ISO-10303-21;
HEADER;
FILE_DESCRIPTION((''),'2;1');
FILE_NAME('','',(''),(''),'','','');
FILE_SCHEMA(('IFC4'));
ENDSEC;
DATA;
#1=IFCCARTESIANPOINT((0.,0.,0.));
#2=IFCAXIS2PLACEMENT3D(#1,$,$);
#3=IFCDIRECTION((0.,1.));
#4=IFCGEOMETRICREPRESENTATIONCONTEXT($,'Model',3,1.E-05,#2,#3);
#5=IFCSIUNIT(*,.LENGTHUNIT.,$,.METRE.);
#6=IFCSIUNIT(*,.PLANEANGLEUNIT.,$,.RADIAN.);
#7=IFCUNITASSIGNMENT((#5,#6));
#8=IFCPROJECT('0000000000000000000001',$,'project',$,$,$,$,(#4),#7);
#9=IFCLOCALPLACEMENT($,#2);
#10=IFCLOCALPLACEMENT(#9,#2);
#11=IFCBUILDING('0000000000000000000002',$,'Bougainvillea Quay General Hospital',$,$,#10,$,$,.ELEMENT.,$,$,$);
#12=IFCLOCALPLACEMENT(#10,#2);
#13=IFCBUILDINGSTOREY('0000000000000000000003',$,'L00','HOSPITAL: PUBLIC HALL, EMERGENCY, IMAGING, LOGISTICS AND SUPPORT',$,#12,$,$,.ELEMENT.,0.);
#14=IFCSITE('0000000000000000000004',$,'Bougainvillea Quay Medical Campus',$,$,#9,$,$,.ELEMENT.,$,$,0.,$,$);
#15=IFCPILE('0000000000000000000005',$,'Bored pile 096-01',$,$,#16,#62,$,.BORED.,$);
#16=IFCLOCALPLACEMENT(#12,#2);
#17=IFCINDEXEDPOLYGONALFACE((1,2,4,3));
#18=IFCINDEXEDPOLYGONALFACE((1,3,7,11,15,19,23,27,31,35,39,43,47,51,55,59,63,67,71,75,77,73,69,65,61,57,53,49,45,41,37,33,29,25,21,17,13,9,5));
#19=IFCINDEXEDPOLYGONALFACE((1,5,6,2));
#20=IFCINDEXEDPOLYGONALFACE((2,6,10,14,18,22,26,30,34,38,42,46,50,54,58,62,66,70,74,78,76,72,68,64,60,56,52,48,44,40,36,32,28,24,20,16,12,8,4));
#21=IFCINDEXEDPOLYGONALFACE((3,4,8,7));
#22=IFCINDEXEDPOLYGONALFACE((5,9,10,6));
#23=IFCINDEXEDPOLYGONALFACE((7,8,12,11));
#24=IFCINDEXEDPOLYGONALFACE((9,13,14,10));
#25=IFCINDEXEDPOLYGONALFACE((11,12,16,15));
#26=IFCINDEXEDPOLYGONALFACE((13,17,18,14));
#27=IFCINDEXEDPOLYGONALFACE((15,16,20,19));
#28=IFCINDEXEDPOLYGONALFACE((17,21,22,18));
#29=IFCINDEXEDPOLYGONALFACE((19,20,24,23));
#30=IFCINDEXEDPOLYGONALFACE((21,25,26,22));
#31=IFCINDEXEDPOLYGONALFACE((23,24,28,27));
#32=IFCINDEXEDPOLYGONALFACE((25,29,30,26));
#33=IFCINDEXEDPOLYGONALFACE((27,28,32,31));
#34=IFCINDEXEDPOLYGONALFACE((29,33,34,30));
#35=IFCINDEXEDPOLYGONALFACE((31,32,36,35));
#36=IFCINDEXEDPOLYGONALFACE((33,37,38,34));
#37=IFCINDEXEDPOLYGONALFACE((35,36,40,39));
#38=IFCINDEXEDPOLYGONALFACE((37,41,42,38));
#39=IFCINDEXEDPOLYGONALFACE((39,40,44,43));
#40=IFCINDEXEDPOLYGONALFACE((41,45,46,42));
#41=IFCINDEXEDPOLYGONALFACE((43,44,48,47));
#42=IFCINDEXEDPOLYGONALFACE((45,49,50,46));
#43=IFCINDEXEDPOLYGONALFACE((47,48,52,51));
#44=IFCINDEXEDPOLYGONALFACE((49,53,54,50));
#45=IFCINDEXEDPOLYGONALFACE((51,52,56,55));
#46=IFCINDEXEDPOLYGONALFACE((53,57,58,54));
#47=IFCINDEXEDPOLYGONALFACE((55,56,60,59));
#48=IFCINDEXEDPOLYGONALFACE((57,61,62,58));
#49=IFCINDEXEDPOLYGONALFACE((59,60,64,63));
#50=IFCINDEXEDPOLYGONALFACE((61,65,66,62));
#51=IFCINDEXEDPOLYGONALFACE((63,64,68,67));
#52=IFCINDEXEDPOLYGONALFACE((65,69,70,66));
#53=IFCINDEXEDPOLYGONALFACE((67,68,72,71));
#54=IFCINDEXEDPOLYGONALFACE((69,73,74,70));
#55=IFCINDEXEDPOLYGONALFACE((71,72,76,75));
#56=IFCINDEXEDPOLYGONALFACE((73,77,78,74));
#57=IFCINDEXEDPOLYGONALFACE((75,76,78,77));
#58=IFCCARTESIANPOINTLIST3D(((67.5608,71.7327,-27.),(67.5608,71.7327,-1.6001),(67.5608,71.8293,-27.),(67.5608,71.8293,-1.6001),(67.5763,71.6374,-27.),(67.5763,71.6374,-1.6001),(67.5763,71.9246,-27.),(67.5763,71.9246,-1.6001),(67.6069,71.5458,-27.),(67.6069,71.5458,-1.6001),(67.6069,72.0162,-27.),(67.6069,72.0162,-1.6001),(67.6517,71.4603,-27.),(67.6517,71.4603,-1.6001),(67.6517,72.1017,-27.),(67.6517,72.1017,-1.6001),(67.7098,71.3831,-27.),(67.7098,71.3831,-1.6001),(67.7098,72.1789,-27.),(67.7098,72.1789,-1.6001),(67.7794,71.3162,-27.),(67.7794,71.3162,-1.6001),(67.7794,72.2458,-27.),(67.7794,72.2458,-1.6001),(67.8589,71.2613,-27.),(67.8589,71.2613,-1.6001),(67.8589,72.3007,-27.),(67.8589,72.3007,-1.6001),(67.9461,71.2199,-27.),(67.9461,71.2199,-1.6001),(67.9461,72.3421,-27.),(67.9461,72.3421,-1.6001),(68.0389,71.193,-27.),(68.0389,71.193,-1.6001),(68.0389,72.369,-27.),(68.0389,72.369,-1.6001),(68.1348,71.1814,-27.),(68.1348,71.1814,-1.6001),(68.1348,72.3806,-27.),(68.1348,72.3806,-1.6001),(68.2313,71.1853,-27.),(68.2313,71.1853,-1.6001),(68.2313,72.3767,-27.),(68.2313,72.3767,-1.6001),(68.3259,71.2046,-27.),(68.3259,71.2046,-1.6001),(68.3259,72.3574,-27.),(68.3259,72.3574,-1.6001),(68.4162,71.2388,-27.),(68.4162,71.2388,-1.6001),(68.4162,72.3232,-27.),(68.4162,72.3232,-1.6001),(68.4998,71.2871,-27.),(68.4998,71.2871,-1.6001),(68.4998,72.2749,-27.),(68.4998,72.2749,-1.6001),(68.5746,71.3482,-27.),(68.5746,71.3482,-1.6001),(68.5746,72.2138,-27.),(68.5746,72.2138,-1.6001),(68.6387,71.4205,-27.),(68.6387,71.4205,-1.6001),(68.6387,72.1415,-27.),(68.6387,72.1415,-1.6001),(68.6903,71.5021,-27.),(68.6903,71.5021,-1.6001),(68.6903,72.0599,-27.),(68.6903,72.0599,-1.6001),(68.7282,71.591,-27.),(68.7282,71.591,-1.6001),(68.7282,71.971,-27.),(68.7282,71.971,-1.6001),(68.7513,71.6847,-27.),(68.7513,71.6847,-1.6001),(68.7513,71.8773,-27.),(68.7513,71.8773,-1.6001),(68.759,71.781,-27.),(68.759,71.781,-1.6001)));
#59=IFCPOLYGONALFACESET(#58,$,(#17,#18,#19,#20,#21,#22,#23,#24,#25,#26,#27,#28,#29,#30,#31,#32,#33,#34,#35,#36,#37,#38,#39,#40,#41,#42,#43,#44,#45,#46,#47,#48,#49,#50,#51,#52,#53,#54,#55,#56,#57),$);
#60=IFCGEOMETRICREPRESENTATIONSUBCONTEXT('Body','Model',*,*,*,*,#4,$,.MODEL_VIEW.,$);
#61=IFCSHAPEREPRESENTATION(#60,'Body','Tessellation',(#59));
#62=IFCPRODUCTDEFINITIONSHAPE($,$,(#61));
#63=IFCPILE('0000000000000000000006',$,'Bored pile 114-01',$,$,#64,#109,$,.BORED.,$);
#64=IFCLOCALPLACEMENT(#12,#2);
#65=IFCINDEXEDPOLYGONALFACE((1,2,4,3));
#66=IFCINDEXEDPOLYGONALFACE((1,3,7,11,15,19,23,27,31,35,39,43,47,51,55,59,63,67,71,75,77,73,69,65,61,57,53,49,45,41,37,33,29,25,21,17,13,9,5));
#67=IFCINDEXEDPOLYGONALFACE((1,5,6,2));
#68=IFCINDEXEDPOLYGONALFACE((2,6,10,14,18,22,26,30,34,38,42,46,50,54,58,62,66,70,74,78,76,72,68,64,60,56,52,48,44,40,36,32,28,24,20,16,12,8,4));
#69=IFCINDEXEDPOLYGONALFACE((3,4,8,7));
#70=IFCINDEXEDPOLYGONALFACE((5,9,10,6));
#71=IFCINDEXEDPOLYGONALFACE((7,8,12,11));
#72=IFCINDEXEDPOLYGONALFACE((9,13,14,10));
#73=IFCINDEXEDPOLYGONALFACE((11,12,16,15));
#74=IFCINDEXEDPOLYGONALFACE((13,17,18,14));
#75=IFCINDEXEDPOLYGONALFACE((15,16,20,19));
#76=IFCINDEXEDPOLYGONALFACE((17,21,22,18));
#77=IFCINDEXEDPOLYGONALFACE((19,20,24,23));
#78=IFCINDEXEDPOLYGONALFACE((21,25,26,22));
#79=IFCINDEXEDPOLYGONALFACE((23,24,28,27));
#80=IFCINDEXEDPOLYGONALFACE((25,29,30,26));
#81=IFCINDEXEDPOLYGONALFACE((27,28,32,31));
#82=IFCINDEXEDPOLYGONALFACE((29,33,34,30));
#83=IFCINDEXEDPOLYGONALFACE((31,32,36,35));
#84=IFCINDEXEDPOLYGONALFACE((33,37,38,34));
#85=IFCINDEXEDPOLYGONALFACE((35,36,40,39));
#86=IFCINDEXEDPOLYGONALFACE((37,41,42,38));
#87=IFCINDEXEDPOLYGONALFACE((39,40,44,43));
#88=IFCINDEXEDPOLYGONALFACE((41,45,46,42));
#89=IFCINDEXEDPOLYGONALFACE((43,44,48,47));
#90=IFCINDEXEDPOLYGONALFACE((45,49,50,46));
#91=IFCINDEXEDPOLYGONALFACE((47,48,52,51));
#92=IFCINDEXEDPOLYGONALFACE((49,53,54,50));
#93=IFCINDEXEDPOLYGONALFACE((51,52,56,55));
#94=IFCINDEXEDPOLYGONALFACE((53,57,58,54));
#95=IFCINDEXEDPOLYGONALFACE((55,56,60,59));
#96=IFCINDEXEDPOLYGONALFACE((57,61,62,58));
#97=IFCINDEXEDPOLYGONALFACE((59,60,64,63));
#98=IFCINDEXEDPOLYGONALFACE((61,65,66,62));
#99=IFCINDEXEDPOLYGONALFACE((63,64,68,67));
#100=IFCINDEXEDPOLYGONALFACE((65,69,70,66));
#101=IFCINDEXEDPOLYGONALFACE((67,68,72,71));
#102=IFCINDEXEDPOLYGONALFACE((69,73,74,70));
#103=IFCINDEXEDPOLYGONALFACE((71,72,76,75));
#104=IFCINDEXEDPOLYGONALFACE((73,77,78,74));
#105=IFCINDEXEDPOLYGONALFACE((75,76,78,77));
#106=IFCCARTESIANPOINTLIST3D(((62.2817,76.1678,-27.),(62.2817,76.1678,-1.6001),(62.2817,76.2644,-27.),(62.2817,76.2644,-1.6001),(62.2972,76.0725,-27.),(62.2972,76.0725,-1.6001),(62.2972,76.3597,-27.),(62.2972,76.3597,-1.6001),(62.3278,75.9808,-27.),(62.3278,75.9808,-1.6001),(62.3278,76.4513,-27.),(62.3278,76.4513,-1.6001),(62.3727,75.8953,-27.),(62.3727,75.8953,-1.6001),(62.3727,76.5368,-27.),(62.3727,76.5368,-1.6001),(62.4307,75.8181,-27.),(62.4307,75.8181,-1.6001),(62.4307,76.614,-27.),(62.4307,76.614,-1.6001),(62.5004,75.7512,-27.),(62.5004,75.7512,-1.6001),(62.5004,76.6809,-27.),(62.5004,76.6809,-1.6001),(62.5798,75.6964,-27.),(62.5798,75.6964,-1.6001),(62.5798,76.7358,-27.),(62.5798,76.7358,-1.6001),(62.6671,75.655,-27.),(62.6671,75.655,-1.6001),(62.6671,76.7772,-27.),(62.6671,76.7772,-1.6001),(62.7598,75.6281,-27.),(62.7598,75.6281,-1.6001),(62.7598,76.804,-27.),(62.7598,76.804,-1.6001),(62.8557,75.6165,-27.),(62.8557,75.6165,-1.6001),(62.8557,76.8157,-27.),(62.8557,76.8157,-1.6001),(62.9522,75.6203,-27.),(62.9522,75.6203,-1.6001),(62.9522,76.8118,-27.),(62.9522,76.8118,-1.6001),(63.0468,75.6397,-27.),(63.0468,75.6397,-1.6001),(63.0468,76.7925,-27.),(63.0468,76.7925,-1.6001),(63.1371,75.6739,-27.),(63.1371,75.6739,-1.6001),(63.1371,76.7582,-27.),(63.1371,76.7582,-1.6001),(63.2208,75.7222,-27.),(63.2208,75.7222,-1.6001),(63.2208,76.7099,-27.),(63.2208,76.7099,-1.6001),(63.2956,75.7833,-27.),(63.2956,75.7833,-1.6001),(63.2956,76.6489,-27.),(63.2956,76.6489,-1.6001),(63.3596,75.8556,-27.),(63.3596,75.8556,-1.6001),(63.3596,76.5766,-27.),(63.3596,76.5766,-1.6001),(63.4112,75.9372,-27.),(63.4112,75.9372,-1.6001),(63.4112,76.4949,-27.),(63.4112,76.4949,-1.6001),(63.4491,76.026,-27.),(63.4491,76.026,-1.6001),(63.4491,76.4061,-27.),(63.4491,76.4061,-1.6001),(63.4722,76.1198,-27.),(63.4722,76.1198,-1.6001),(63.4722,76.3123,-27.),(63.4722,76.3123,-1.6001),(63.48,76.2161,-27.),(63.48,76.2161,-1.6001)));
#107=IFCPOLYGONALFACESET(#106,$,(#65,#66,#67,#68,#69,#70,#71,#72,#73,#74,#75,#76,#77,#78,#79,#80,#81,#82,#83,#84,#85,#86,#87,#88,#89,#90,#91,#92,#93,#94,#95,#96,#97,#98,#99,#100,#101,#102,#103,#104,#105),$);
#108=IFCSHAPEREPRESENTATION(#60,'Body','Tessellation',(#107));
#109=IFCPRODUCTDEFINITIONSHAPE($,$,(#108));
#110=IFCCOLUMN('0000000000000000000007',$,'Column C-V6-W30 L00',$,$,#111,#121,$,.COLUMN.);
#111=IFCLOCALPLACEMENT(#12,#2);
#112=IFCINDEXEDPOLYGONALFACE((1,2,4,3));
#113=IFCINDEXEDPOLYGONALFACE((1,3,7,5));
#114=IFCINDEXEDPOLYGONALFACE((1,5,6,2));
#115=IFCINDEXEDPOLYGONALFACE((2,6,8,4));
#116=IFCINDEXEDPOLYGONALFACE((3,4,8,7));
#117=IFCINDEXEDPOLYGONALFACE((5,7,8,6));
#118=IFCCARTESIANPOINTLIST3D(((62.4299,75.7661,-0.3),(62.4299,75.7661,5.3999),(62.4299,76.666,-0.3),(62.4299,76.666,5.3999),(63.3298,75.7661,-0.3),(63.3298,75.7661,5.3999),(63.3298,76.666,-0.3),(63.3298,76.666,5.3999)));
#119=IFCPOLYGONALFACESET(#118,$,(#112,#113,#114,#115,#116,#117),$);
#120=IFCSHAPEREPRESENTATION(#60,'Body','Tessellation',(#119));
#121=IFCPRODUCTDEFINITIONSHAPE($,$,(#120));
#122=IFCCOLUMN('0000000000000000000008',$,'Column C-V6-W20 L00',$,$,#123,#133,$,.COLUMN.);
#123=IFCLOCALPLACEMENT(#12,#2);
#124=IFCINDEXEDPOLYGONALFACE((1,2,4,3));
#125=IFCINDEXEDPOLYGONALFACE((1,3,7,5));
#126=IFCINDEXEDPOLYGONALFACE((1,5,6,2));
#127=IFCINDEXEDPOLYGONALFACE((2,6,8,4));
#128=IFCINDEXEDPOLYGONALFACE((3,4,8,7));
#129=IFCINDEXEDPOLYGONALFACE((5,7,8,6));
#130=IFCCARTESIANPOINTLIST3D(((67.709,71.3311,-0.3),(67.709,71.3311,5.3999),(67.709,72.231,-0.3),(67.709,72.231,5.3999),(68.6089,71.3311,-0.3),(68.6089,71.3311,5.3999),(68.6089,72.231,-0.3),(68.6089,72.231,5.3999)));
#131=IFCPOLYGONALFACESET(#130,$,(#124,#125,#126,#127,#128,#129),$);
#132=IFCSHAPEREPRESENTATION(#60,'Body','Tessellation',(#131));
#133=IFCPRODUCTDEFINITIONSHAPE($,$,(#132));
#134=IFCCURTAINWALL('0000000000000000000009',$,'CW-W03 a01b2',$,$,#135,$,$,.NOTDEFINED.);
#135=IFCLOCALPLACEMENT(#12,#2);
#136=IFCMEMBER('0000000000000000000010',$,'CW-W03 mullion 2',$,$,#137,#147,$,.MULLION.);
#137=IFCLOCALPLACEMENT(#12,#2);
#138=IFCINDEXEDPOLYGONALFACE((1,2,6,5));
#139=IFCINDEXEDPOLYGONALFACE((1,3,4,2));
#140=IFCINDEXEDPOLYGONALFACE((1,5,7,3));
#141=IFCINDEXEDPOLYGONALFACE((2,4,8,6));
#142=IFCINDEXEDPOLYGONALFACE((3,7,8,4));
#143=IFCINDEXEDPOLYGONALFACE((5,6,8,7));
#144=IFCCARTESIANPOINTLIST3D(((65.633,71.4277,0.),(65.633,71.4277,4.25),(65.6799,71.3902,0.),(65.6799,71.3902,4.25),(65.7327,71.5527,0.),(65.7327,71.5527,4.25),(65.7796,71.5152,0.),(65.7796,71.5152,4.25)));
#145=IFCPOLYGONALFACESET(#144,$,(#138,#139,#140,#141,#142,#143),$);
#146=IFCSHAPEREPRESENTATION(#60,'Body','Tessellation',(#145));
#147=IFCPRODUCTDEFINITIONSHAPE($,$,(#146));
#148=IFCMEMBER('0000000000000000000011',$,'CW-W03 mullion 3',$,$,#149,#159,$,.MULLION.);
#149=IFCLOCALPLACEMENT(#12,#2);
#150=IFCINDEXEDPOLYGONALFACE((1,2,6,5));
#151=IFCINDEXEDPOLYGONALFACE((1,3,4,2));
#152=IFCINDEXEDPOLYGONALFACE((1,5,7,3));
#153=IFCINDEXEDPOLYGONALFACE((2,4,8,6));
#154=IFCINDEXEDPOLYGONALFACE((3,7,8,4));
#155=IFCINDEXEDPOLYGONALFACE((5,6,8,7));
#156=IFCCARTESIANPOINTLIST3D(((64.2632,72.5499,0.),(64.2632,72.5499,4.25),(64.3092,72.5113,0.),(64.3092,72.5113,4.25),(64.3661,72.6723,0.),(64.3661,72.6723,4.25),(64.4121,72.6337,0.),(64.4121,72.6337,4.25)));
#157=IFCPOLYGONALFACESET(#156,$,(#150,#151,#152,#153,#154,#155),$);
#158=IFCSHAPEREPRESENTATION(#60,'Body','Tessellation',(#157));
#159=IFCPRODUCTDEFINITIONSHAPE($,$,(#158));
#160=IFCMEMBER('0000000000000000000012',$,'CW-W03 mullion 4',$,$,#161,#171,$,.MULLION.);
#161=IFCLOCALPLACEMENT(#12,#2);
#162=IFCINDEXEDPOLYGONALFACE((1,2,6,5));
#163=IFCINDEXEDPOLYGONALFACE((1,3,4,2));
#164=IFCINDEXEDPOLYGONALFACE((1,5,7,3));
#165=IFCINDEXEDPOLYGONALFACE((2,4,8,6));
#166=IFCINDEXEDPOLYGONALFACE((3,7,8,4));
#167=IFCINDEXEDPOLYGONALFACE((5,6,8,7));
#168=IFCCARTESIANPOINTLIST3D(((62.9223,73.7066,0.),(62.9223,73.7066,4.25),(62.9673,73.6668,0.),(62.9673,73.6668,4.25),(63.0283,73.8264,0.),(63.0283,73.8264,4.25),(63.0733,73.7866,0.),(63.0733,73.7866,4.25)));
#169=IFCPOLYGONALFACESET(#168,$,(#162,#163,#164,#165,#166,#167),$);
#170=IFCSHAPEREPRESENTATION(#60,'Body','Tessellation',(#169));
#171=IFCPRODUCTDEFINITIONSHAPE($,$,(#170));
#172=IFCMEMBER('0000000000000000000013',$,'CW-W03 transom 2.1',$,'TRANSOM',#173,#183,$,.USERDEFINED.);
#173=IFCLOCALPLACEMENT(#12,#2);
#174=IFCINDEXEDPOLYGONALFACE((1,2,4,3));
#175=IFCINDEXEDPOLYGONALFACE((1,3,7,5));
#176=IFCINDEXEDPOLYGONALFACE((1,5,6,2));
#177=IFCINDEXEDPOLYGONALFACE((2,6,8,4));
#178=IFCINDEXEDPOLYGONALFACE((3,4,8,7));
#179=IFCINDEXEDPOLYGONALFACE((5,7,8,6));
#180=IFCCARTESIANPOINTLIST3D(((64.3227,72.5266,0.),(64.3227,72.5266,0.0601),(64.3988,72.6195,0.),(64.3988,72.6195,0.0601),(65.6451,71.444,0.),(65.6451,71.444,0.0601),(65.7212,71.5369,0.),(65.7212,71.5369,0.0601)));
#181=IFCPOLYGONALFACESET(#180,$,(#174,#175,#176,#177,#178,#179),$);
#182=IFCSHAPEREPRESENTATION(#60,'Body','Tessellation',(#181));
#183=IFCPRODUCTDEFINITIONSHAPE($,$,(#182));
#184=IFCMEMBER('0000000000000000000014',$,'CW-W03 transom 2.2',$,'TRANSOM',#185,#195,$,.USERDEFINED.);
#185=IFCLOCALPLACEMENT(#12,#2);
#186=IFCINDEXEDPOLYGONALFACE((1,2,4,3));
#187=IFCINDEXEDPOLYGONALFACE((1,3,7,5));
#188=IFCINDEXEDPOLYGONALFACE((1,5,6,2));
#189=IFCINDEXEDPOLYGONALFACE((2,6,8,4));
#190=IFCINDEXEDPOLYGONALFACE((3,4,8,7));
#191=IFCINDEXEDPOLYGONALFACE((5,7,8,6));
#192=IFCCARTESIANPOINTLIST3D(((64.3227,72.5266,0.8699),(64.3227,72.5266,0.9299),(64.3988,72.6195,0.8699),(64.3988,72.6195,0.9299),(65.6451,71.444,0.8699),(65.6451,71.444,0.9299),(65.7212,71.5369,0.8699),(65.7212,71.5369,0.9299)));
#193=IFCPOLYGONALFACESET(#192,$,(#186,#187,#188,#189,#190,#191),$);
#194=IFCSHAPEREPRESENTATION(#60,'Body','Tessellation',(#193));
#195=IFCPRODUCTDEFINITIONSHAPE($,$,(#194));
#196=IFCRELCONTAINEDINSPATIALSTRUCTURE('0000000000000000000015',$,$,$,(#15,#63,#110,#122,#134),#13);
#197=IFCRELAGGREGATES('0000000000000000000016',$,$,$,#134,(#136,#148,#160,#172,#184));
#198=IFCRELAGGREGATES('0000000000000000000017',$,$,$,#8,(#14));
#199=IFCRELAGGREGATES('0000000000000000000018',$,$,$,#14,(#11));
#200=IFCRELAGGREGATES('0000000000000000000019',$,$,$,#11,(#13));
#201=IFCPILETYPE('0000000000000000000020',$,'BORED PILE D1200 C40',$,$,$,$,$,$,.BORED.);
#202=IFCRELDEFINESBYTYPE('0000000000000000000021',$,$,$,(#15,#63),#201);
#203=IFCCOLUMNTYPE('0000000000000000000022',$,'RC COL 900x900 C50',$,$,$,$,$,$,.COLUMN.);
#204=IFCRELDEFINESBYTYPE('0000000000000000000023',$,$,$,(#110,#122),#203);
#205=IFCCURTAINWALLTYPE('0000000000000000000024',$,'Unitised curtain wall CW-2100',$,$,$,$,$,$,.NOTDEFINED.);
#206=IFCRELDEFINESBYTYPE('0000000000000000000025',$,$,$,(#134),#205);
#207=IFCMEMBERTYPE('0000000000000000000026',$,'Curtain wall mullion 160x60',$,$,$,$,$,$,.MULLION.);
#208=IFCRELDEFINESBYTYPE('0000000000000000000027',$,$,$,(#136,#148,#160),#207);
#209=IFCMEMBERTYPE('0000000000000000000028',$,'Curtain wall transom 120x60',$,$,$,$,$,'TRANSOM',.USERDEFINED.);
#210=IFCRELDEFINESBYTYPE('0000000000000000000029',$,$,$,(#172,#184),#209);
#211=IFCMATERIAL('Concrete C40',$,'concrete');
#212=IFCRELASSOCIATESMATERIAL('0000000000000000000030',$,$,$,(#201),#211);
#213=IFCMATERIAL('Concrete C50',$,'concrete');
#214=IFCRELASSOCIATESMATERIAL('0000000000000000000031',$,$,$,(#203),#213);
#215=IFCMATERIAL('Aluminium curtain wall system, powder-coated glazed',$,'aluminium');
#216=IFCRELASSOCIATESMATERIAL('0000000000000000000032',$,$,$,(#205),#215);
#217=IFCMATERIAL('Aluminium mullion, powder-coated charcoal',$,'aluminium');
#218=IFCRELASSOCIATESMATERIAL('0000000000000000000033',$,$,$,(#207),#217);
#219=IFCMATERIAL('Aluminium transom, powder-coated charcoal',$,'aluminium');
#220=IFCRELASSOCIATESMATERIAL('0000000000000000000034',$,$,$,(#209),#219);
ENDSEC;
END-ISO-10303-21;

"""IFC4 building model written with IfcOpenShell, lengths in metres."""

from ifc_helpers import new_model, si_unit, direction, frame, origin, origin_2d, place, context, subcontext, project, spatial, rectangle, circle, extrude, material, material_profile, profile_set, type_object, element, aggregate, save


model = new_model("IFC4")

# Units and contexts
model_context = context("Model", 3, precision=1e-05, world=origin(), true_north=direction((0.0, 1.0)))
body_context = subcontext(model_context, "Body", "Model", "MODEL_VIEW")
ifc_project = project(units=[si_unit("LENGTHUNIT", "METRE"), si_unit("PLANEANGLEUNIT", "RADIAN")], contexts=[model_context])

# Site, building, storey
site_placement = place(None, origin())
site = spatial("IfcSite", under=ifc_project, at=site_placement, Name="Bougainvillea Quay Medical Campus", CompositionType="ELEMENT", RefElevation=0.0)
building_placement = place(site_placement, origin())
building = spatial("IfcBuilding", under=site, at=building_placement, Name="Bougainvillea Quay General Hospital", CompositionType="ELEMENT")
storey_placement = place(building_placement, origin())
storey = spatial("IfcBuildingStorey", under=building, at=storey_placement, Name="L00", Description="HOSPITAL: PUBLIC HALL, EMERGENCY, IMAGING, LOGISTICS AND SUPPORT", CompositionType="ELEMENT", Elevation=0.0)

# Piles
ifc_material_1 = material(Name="Concrete C40", Category="concrete")
ifc_material_profile_1 = material_profile(ifc_material_1, circle(Radius=0.6001, at=origin_2d()))
ifc_profile_set_1 = profile_set([ifc_material_profile_1], Name="Concrete C40")
pile_type = type_object("IfcPileType", Name="BORED PILE D1200 C40", PredefinedType="BORED", material=ifc_profile_set_1)
for number, where, z_axis, x_axis, name in (
    (1, (68.1589, 71.781, -1.6001), (0.0, 0.0, -1.0), (1.0, 0.0, 0.0), "Bored pile 096-01"),
    (2, (62.8799, 76.2161, -1.6001), (0.0, 0.0, -1.0), (1.0, 0.0, 0.0), "Bored pile 114-01"),
):
    element("IfcPile", number, at=place(storey_placement, frame(where, z_axis=z_axis, x_axis=x_axis)), inside=storey, type_object=pile_type, Name=name, PredefinedType="BORED", context=body_context, shape_type="SweptSolid", body=[
        extrude(circle(Radius=0.6001, at=origin_2d()), origin(), (0.0, 0.0, 1.0), 25.3999),
    ])

# Columns
ifc_material_2 = material(Name="Concrete C50", Category="concrete")
ifc_material_profile_2 = material_profile(ifc_material_2, rectangle(XDim=0.8999, YDim=0.8999, at=origin_2d()))
ifc_profile_set_2 = profile_set([ifc_material_profile_2], Name="Concrete C50")
column_type = type_object("IfcColumnType", Name="RC COL 900x900 C50", PredefinedType="COLUMN", material=ifc_profile_set_2)
for number, where, z_axis, x_axis, name in (
    (3, (62.8799, 76.2161, -0.3), (0.0, 0.0, 1.0), (1.0, 0.0, 0.0), "Column C-V6-W30 L00"),
    (4, (68.1589, 71.781, -0.3), (0.0, 0.0, 1.0), (1.0, 0.0, 0.0), "Column C-V6-W20 L00"),
):
    element("IfcColumn", number, at=place(storey_placement, frame(where, z_axis=z_axis, x_axis=x_axis)), inside=storey, type_object=column_type, Name=name, PredefinedType="COLUMN", context=body_context, shape_type="SweptSolid", body=[
        extrude(rectangle(XDim=0.8999, YDim=0.8999, at=origin_2d()), origin(), (0.0, 0.0, 1.0), 5.7),
    ])

# Curtain wall, members
ifc_material_3 = material(Name="Aluminium curtain wall system, powder-coated glazed", Category="aluminium")
curtain_wall_type = type_object("IfcCurtainWallType", Name="Unitised curtain wall CW-2100", PredefinedType="NOTDEFINED", material=ifc_material_3)
curtain_wall_placement = place(storey_placement, origin())
curtain_wall = element("IfcCurtainWall", 5, at=curtain_wall_placement, inside=storey, type_object=curtain_wall_type, Name="CW-W03 a01b2", PredefinedType="NOTDEFINED")
ifc_material_4 = material(Name="Aluminium mullion, powder-coated charcoal", Category="aluminium")
ifc_material_profile_3 = material_profile(ifc_material_4, rectangle(XDim=0.1599, YDim=0.0601, at=origin_2d()))
ifc_profile_set_3 = profile_set([ifc_material_profile_3], Name="Aluminium mullion, powder-coated charcoal")
member_type_1 = type_object("IfcMemberType", Name="Curtain wall mullion 160x60", PredefinedType="MULLION", material=ifc_profile_set_3)
member_1_placement = place(storey_placement, frame((65.7063, 71.4714, 0.0), z_axis=(0.0, 0.0, 1.0), x_axis=(-0.623566, -0.781771, 0.0)))
member_1 = element("IfcMember", 6, at=member_1_placement, type_object=member_type_1, Name="CW-W03 mullion 2", PredefinedType="MULLION", context=body_context, shape_type="SweptSolid", body=[
    extrude(rectangle(XDim=0.1599, YDim=0.0601, at=origin_2d()), origin(), (0.0, 0.0, 1.0), 4.25),
])
member_2_placement = place(storey_placement, frame((64.3376, 72.5918, 0.0), z_axis=(0.0, 0.0, 1.0), x_axis=(-0.643189, -0.765708, 0.0)))
member_2 = element("IfcMember", 7, at=member_2_placement, type_object=member_type_1, Name="CW-W03 mullion 3", PredefinedType="MULLION", context=body_context, shape_type="SweptSolid", body=[
    extrude(rectangle(XDim=0.1599, YDim=0.0601, at=origin_2d()), origin(), (0.0, 0.0, 1.0), 4.25),
])
member_3_placement = place(storey_placement, frame((62.9978, 73.7466, 0.0), z_axis=(0.0, 0.0, 1.0), x_axis=(-0.662398, -0.749152, 0.0)))
member_3 = element("IfcMember", 8, at=member_3_placement, type_object=member_type_1, Name="CW-W03 mullion 4", PredefinedType="MULLION", context=body_context, shape_type="SweptSolid", body=[
    extrude(rectangle(XDim=0.1599, YDim=0.0601, at=origin_2d()), origin(), (0.0, 0.0, 1.0), 4.25),
])
ifc_material_5 = material(Name="Aluminium transom, powder-coated charcoal", Category="aluminium")
ifc_material_profile_4 = material_profile(ifc_material_5, rectangle(XDim=0.1201, YDim=0.0601, at=origin_2d()))
ifc_profile_set_4 = profile_set([ifc_material_profile_4], Name="Aluminium transom, powder-coated charcoal")
member_type_2 = type_object("IfcMemberType", Name="Curtain wall transom 120x60", ElementType="TRANSOM", PredefinedType="USERDEFINED", material=ifc_profile_set_4)
member_4_placement = place(storey_placement, frame((65.6831, 71.4905, 0.03), z_axis=(-0.773766, 0.633471, 0.0), x_axis=(-0.633471, -0.773766, 0.0)))
member_4 = element("IfcMember", 9, at=member_4_placement, type_object=member_type_2, Name="CW-W03 transom 2.1", ObjectType="TRANSOM", PredefinedType="USERDEFINED", context=body_context, shape_type="SweptSolid", body=[
    extrude(rectangle(XDim=0.1201, YDim=0.0601, at=origin_2d()), origin(), (0.0, 0.0, 1.0), 1.709),
])
member_5_placement = place(storey_placement, frame((65.6831, 71.4905, 0.8999), z_axis=(-0.773766, 0.633471, 0.0), x_axis=(-0.633471, -0.773766, 0.0)))
member_5 = element("IfcMember", 10, at=member_5_placement, type_object=member_type_2, Name="CW-W03 transom 2.2", ObjectType="TRANSOM", PredefinedType="USERDEFINED", context=body_context, shape_type="SweptSolid", body=[
    extrude(rectangle(XDim=0.1201, YDim=0.0601, at=origin_2d()), origin(), (0.0, 0.0, 1.0), 1.709),
])
aggregate(curtain_wall, [member_1, member_2, member_3, member_4, member_5])

save(model, "model.ifc")
